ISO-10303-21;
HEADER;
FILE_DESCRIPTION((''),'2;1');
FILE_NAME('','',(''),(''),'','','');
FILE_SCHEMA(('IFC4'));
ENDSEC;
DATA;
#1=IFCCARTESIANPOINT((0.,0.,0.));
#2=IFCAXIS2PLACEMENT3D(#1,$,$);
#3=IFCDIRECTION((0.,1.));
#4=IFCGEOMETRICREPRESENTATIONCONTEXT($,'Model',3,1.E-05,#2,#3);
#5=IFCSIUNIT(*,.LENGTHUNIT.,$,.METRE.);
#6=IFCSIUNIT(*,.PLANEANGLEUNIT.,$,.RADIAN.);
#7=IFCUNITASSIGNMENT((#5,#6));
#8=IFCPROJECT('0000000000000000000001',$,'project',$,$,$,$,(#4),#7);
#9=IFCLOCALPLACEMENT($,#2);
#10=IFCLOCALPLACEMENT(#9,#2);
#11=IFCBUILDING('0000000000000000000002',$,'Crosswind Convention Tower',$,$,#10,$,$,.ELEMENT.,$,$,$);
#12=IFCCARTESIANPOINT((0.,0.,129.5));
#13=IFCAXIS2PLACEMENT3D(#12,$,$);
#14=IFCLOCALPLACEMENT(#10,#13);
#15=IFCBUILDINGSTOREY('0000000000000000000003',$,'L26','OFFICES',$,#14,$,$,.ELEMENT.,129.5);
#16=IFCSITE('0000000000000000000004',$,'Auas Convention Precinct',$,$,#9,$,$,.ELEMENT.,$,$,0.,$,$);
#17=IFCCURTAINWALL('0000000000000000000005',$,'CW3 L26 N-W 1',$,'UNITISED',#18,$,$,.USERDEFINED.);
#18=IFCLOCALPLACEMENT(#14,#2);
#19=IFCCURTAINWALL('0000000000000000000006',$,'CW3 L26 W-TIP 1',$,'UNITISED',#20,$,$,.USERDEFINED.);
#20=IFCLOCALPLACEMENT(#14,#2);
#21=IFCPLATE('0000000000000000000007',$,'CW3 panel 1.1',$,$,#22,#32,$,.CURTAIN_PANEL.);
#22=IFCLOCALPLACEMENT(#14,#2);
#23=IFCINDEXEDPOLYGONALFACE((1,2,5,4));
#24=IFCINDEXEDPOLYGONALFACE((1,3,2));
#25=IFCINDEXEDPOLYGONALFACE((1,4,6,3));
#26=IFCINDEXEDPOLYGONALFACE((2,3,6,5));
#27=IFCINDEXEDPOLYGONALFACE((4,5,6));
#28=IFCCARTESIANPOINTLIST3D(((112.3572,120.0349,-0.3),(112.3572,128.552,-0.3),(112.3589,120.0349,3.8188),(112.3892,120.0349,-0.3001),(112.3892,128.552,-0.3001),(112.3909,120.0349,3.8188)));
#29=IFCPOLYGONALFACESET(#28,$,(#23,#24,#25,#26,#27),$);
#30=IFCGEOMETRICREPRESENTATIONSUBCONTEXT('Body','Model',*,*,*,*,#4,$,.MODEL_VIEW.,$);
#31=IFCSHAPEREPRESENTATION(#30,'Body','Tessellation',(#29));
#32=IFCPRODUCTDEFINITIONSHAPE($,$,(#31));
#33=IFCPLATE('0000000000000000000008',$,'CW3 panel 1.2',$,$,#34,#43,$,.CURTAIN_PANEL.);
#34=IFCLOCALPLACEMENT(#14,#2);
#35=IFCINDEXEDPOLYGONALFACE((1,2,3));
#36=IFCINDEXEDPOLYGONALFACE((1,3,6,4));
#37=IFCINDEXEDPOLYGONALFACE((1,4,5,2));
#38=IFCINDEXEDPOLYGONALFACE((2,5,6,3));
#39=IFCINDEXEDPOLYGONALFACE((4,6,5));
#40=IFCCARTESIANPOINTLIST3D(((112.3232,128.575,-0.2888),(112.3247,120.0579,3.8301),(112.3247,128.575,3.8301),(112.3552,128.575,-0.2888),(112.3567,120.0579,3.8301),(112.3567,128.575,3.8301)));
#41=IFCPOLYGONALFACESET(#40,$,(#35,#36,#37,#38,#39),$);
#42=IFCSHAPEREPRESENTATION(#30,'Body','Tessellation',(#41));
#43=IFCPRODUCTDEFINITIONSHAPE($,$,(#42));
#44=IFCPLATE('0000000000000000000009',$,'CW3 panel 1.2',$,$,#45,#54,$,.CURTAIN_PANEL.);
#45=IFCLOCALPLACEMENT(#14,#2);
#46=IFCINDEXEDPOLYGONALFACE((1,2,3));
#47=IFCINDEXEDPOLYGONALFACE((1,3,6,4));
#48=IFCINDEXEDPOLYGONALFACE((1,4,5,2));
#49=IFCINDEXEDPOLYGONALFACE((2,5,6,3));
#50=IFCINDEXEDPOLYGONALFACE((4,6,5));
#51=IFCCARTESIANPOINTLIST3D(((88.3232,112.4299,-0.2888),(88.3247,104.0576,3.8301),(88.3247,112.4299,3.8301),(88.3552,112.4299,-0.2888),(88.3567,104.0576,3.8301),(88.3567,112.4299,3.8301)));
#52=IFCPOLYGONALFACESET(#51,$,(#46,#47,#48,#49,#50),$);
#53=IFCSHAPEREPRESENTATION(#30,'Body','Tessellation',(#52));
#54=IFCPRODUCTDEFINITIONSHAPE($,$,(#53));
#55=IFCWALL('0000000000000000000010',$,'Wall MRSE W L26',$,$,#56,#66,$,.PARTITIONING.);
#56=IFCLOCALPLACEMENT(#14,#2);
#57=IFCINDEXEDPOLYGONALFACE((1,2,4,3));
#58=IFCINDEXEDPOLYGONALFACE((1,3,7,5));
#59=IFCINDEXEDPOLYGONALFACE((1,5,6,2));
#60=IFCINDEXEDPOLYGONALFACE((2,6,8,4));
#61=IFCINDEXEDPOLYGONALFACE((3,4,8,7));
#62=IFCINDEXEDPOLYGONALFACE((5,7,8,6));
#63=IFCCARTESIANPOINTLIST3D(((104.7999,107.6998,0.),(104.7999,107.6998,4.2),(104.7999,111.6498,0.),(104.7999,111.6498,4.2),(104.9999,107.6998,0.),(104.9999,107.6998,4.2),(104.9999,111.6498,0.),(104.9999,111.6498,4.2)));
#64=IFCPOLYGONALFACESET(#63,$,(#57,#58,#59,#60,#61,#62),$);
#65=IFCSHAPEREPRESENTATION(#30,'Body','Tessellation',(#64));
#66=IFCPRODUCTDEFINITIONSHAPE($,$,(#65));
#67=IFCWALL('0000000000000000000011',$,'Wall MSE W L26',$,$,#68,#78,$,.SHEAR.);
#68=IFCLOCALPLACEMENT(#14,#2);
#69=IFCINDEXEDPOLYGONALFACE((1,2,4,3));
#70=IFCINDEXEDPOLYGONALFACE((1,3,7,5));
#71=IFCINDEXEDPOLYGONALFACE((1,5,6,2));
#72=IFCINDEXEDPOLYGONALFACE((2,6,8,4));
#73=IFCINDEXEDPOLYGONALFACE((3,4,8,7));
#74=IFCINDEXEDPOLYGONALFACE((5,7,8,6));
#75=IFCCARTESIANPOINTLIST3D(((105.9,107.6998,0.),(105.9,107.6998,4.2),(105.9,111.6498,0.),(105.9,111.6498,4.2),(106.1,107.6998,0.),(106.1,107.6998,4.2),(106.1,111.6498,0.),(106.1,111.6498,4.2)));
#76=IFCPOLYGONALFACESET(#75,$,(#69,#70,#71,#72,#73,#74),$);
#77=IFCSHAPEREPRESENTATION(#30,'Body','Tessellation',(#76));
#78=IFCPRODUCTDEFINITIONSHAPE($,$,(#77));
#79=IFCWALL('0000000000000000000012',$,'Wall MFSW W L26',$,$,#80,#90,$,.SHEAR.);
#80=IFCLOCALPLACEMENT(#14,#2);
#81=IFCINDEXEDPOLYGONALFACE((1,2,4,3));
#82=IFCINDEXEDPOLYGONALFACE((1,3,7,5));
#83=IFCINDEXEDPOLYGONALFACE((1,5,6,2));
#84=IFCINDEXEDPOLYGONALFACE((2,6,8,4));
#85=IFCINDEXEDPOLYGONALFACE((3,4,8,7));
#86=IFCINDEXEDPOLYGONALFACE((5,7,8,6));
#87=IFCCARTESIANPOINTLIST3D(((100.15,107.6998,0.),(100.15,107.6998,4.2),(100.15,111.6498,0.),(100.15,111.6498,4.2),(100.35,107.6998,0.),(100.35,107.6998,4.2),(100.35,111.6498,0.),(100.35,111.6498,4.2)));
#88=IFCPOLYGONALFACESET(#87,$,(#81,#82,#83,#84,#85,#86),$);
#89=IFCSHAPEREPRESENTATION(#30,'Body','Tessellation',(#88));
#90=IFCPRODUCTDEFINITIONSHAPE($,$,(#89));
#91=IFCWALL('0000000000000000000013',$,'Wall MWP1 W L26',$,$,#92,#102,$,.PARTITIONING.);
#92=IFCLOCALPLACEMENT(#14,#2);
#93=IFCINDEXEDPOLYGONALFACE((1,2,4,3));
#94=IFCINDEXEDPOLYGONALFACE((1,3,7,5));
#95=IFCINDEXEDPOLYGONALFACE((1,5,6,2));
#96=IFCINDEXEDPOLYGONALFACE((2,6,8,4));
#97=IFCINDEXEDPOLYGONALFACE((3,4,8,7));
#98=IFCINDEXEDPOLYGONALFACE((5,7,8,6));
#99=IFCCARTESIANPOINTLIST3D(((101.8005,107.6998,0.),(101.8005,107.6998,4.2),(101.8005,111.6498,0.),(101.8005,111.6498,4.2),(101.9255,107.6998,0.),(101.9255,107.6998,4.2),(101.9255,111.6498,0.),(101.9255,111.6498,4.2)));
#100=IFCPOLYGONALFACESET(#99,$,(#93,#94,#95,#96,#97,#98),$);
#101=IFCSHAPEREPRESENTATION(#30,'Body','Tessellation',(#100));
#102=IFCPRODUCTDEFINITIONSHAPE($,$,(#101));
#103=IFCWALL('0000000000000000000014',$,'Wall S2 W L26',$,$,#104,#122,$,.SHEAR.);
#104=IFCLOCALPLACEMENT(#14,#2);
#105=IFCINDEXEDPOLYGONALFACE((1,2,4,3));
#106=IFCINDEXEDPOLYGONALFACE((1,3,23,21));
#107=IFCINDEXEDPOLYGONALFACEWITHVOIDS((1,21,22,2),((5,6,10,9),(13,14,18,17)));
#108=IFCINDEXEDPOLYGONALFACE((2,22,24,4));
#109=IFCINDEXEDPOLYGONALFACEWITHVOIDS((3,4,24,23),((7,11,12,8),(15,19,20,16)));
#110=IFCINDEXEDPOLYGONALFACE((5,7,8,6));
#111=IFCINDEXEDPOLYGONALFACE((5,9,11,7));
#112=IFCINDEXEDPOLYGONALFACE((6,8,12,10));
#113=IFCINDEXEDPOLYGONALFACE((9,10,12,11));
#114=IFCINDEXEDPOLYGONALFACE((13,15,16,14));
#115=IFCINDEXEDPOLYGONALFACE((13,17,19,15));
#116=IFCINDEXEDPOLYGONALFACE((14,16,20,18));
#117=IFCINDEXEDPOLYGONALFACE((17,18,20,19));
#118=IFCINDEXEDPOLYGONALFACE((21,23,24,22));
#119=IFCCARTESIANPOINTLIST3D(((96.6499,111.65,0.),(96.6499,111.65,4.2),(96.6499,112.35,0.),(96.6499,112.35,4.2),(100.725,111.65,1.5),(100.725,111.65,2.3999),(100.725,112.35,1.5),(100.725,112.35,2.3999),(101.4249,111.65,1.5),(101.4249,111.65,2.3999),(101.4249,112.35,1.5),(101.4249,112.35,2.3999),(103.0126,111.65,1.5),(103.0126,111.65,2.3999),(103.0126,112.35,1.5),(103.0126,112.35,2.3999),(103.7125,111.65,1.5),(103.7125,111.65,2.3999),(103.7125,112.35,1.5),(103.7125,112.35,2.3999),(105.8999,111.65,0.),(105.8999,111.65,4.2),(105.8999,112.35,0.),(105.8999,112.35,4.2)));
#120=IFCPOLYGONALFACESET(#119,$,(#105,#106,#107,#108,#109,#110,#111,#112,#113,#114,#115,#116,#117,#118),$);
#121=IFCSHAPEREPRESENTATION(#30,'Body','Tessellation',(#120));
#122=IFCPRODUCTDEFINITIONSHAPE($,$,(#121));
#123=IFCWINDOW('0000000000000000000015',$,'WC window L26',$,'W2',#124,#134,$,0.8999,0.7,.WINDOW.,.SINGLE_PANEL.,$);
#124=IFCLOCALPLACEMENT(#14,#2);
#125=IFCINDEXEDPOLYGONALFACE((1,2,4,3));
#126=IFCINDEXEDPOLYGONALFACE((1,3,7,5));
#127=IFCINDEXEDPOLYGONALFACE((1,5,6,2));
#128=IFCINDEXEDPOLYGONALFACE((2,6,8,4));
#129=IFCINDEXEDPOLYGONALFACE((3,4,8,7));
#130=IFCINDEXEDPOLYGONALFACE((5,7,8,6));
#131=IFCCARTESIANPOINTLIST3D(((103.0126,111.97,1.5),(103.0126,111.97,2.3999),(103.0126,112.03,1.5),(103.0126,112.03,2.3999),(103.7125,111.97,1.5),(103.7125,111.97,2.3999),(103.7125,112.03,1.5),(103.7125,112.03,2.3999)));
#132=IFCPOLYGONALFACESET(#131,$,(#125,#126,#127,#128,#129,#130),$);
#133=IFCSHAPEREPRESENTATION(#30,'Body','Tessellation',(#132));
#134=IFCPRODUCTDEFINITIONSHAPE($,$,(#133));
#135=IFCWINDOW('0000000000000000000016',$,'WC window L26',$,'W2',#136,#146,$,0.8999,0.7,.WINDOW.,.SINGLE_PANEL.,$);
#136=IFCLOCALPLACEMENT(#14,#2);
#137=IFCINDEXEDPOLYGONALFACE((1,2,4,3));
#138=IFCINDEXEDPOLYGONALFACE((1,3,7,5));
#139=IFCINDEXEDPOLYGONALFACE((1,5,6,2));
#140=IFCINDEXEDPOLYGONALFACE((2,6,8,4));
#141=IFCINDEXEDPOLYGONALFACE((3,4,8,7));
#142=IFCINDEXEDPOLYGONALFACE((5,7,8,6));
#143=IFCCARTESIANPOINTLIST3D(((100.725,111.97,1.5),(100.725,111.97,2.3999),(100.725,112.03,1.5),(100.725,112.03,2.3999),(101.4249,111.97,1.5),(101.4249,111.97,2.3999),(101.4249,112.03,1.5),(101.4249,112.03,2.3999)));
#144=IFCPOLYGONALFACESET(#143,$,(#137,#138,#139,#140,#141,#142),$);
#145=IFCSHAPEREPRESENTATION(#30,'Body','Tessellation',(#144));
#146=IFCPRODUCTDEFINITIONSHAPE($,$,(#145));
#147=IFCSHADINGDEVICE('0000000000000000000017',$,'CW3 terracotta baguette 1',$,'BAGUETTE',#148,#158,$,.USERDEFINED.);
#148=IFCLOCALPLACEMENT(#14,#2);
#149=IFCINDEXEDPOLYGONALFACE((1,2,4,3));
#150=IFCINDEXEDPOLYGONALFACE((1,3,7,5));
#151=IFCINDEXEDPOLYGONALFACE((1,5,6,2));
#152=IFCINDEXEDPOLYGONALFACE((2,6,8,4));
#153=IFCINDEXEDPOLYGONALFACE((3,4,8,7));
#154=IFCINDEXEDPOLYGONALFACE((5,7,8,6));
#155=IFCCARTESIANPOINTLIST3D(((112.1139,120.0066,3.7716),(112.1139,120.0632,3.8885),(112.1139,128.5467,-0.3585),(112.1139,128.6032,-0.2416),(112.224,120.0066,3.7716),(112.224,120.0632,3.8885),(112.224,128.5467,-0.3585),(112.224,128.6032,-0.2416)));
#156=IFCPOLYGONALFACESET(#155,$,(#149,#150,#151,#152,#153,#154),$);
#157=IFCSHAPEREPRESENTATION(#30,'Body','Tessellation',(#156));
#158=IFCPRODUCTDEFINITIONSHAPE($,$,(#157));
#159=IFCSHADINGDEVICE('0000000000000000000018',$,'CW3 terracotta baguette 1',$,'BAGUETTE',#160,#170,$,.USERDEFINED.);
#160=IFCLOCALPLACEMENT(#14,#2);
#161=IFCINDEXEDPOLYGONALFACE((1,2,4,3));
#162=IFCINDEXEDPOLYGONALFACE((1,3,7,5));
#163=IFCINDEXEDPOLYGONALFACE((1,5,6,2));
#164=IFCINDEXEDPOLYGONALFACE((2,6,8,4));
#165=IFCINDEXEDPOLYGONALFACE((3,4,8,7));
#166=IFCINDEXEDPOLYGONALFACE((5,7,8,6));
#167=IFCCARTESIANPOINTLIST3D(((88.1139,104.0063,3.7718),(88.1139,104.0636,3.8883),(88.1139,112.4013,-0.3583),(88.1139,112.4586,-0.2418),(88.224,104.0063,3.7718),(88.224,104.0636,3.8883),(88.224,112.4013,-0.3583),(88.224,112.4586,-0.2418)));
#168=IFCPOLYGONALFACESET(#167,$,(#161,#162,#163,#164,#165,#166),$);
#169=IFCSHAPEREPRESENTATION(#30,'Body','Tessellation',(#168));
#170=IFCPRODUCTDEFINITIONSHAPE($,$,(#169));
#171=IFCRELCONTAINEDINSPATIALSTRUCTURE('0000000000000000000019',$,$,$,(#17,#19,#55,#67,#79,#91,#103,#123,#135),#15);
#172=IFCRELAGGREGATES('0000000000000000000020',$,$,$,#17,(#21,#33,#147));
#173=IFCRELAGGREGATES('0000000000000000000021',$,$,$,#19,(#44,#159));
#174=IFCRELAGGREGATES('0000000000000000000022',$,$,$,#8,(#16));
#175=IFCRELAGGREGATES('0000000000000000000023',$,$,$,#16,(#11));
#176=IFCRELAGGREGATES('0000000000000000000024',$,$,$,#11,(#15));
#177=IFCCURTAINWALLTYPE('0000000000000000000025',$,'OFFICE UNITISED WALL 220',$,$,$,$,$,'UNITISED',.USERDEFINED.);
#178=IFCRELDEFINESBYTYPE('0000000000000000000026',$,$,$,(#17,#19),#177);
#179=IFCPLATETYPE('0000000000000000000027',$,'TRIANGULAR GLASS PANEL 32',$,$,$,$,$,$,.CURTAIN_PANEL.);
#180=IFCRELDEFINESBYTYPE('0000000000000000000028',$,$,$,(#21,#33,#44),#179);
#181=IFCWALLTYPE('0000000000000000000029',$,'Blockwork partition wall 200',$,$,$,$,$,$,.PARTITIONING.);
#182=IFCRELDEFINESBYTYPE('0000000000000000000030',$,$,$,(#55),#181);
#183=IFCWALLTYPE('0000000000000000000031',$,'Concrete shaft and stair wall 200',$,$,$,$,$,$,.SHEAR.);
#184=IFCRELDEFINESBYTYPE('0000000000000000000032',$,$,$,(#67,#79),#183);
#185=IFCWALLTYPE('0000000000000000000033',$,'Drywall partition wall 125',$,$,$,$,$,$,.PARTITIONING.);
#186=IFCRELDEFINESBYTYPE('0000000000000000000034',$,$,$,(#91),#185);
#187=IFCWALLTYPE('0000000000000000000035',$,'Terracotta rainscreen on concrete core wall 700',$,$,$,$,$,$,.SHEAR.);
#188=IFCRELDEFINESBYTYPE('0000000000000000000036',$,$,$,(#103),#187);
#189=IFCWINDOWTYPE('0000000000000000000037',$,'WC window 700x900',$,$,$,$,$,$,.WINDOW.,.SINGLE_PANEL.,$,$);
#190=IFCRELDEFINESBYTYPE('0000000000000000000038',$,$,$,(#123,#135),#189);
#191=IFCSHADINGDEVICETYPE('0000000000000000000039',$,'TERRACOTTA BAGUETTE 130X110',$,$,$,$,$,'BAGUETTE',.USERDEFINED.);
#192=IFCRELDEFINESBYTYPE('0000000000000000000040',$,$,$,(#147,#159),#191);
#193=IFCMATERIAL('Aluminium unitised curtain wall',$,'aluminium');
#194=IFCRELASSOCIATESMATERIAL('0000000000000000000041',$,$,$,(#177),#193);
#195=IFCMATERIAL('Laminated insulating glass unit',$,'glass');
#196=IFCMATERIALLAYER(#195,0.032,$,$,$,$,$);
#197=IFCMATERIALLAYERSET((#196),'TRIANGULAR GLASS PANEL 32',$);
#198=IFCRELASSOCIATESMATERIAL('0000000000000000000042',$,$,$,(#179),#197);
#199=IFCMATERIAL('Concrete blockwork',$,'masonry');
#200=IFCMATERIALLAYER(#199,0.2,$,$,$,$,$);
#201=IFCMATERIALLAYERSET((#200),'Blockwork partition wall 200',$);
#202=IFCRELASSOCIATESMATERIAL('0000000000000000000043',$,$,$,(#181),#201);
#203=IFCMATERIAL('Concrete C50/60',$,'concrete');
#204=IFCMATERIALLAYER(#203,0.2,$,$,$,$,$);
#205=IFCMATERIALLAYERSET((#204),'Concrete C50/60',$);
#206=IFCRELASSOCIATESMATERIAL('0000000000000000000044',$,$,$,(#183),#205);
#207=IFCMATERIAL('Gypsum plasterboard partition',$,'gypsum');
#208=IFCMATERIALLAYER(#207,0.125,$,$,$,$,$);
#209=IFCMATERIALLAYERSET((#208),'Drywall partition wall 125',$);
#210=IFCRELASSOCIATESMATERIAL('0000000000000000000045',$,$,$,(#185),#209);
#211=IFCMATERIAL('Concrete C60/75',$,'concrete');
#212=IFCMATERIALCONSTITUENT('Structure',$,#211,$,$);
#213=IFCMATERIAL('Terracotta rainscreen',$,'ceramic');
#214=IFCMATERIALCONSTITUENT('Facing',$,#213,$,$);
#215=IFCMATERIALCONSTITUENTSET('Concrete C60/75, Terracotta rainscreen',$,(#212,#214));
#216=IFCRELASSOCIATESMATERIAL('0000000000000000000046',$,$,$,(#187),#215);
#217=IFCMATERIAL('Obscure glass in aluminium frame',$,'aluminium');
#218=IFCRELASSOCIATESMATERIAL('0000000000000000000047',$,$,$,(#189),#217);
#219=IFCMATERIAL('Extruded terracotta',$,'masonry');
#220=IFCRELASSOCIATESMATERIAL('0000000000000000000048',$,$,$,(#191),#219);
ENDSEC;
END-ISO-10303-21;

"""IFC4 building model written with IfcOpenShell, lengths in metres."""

from ifc_helpers import new_model, si_unit, direction, frame, frame_2d, origin, origin_2d, place, context, subcontext, project, spatial, polyline, rectangle, outline, extrude, material, layer, layer_set, constituent, constituent_set, material_profile, profile_set, type_object, element, fill, aggregate, save


model = new_model("IFC4")

# Units and contexts
model_context = context("Model", 3, precision=1e-05, world=origin(), true_north=direction((0.0, 1.0)))
body_context = subcontext(model_context, "Body", "Model", "MODEL_VIEW")
ifc_project = project(units=[si_unit("LENGTHUNIT", "METRE"), si_unit("PLANEANGLEUNIT", "RADIAN")], contexts=[model_context])

# Site, building, storey
site_placement = place(None, origin())
site = spatial("IfcSite", under=ifc_project, at=site_placement, Name="Auas Convention Precinct", CompositionType="ELEMENT", RefElevation=0.0)
building_placement = place(site_placement, origin())
building = spatial("IfcBuilding", under=site, at=building_placement, Name="Crosswind Convention Tower", CompositionType="ELEMENT")
storey_placement = place(building_placement, frame((0.0, 0.0, 129.5)))
storey = spatial("IfcBuildingStorey", under=building, at=storey_placement, Name="L26", Description="OFFICES", CompositionType="ELEMENT", Elevation=129.5)

# Shared definitions
ifc_material_1 = material(Name="Concrete C60/75", Category="concrete")

# Shared definitions
ifc_material_2 = material(Name="Aluminium unitised curtain wall", Category="aluminium")

# Curtain walls
curtain_wall_type_1 = type_object("IfcCurtainWallType", Name="OFFICE UNITISED WALL 220", ElementType="UNITISED", PredefinedType="USERDEFINED", material=ifc_material_2)
curtain_wall_1_placement = place(storey_placement, origin())
curtain_wall_1 = element("IfcCurtainWall", 1, at=curtain_wall_1_placement, inside=storey, type_object=curtain_wall_type_1, Name="CW3 L26 N-W 1", ObjectType="UNITISED", PredefinedType="USERDEFINED")
curtain_wall_2_placement = place(storey_placement, origin())
curtain_wall_2 = element("IfcCurtainWall", 2, at=curtain_wall_2_placement, inside=storey, type_object=curtain_wall_type_1, Name="CW3 L26 W-TIP 1", ObjectType="UNITISED", PredefinedType="USERDEFINED")

# Plates
ifc_material_3 = material(Name="Laminated insulating glass unit", Category="glass")
ifc_layer_1 = layer(ifc_material_3, 0.032)
ifc_layer_set_1 = layer_set([ifc_layer_1], Name="TRIANGULAR GLASS PANEL 32")
plate_type_1 = type_object("IfcPlateType", Name="TRIANGULAR GLASS PANEL 32", PredefinedType="CURTAIN_PANEL", material=ifc_layer_set_1)
plate_1_placement = place(storey_placement, frame((112.3572, 120.0349, -0.3), z_axis=(-1.0, 0.0, 0.000415), x_axis=(0.000415, 0.0, 1.0)))
plate_1 = element("IfcPlate", 3, at=plate_1_placement, type_object=plate_type_1, Name="CW3 panel 1.1", PredefinedType="CURTAIN_PANEL", context=body_context, shape_type="SweptSolid", body=[
    extrude(outline(polyline([(0.0, 0.0), (4.1189, 0.0), (0.0, 8.5171), (0.0, 0.0)])), origin(), (0.0, 0.0, -1.0), 0.032),
])
plate_2_placement = place(storey_placement, frame((112.3247, 128.575, 3.8301), z_axis=(-1.0, 0.0, 0.000356), x_axis=(-0.000356, 0.0, -1.0)))
plate_2 = element("IfcPlate", 4, at=plate_2_placement, type_object=plate_type_1, Name="CW3 panel 1.2", PredefinedType="CURTAIN_PANEL", context=body_context, shape_type="SweptSolid", body=[
    extrude(outline(polyline([(0.0, 0.0), (4.1189, 0.0), (0.0, 8.5171), (0.0, 0.0)])), origin(), (0.0, 0.0, -1.0), 0.032),
])
plate_3_placement = place(storey_placement, frame((88.3247, 112.4299, 3.8301), z_axis=(-1.0, 0.0, 0.000356), x_axis=(-0.000356, 0.0, -1.0)))
plate_3 = element("IfcPlate", 5, at=plate_3_placement, type_object=plate_type_1, Name="CW3 panel 1.2", PredefinedType="CURTAIN_PANEL", context=body_context, shape_type="SweptSolid", body=[
    extrude(outline(polyline([(0.0, 0.0), (4.1189, 0.0), (0.0, 8.3723), (0.0, 0.0)])), origin(), (0.0, 0.0, -1.0), 0.032),
])

# Walls
ifc_material_4 = material(Name="Concrete blockwork", Category="masonry")
ifc_layer_2 = layer(ifc_material_4, 0.2)
ifc_layer_set_2 = layer_set([ifc_layer_2], Name="Blockwork partition wall 200")
wall_type_1 = type_object("IfcWallType", Name="Blockwork partition wall 200", PredefinedType="PARTITIONING", material=ifc_layer_set_2)
wall_1_placement = place(storey_placement, frame((104.8999, 111.6499, 0.0), z_axis=(0.0, 0.0, 1.0), x_axis=(0.0, -1.0, 0.0)))
element("IfcWall", 6, at=wall_1_placement, inside=storey, type_object=wall_type_1, Name="Wall MRSE W L26", PredefinedType="PARTITIONING", context=body_context, shape_type="SweptSolid", body=[
    extrude(rectangle(XDim=3.95, YDim=0.2, at=frame_2d((1.9751, 0.0))), origin(), (0.0, 0.0, 1.0), 4.2),
])
ifc_material_5 = material(Name="Concrete C50/60", Category="concrete")
ifc_layer_3 = layer(ifc_material_5, 0.2)
ifc_layer_set_3 = layer_set([ifc_layer_3], Name="Concrete C50/60")
wall_type_2 = type_object("IfcWallType", Name="Concrete shaft and stair wall 200", PredefinedType="SHEAR", material=ifc_layer_set_3)
for number, where, z_axis, x_axis, name in (
    (7, (106.0, 111.6499, 0.0), (0.0, 0.0, 1.0), (0.0, -1.0, 0.0), "Wall MSE W L26"),
    (8, (100.25, 111.6499, 0.0), (0.0, 0.0, 1.0), (0.0, -1.0, 0.0), "Wall MFSW W L26"),
):
    element("IfcWall", number, at=place(storey_placement, frame(where, z_axis=z_axis, x_axis=x_axis)), inside=storey, type_object=wall_type_2, Name=name, PredefinedType="SHEAR", context=body_context, shape_type="SweptSolid", body=[
        extrude(rectangle(XDim=3.95, YDim=0.2, at=frame_2d((1.9751, 0.0))), origin(), (0.0, 0.0, 1.0), 4.2),
    ])
ifc_material_6 = material(Name="Gypsum plasterboard partition", Category="gypsum")
ifc_layer_4 = layer(ifc_material_6, 0.125)
ifc_layer_set_4 = layer_set([ifc_layer_4], Name="Drywall partition wall 125")
wall_type_3 = type_object("IfcWallType", Name="Drywall partition wall 125", PredefinedType="PARTITIONING", material=ifc_layer_set_4)
wall_2_placement = place(storey_placement, frame((101.863, 111.6499, 0.0), z_axis=(0.0, 0.0, 1.0), x_axis=(0.0, -1.0, 0.0)))
element("IfcWall", 9, at=wall_2_placement, inside=storey, type_object=wall_type_3, Name="Wall MWP1 W L26", PredefinedType="PARTITIONING", context=body_context, shape_type="SweptSolid", body=[
    extrude(rectangle(XDim=3.95, YDim=0.125, at=frame_2d((1.9751, 0.0))), origin(), (0.0, 0.0, 1.0), 4.2),
])

# Wall, openings, windows
ifc_constituent_1 = constituent(ifc_material_1, Name="Structure")
ifc_material_7 = material(Name="Terracotta rainscreen", Category="ceramic")
ifc_constituent_2 = constituent(ifc_material_7, Name="Facing")
ifc_constituent_set = constituent_set(constituents=[ifc_constituent_1, ifc_constituent_2], Name="Concrete C60/75, Terracotta rainscreen")
wall_type_4 = type_object("IfcWallType", Name="Terracotta rainscreen on concrete core wall 700", PredefinedType="SHEAR", material=ifc_constituent_set)
wall_3_placement = place(storey_placement, frame((105.8999, 112.0, 0.0), z_axis=(0.0, 0.0, 1.0), x_axis=(-1.0, 0.0, 0.0)))
wall_3 = element("IfcWall", 10, at=wall_3_placement, inside=storey, type_object=wall_type_4, Name="Wall S2 W L26", PredefinedType="SHEAR", context=body_context, shape_type="SweptSolid", body=[
    extrude(rectangle(XDim=9.25, YDim=0.7, at=frame_2d((4.625, 0.0))), origin(), (0.0, 0.0, 1.0), 4.2),
])
opening_1_placement = place(wall_3_placement, frame((2.1873, 0.0, 1.5)))
opening_1 = element("IfcOpeningElement", 11, at=opening_1_placement, cuts=wall_3, PredefinedType="OPENING", context=body_context, shape_type="SweptSolid", body=[
    extrude(rectangle(XDim=0.7, YDim=0.8999, at=frame_2d((0.3501, 0.45))), frame((0.0, 0.3599, 0.0), z_axis=(0.0, -1.0, 0.0), x_axis=(1.0, 0.0, 0.0)), (0.0, 0.0, 1.0), 0.72),
])
opening_2_placement = place(wall_3_placement, frame((4.4749, 0.0, 1.5)))
opening_2 = element("IfcOpeningElement", 12, at=opening_2_placement, cuts=wall_3, PredefinedType="OPENING", context=body_context, shape_type="SweptSolid", body=[
    extrude(rectangle(XDim=0.7, YDim=0.8999, at=frame_2d((0.3501, 0.45))), frame((0.0, 0.3599, 0.0), z_axis=(0.0, -1.0, 0.0), x_axis=(1.0, 0.0, 0.0)), (0.0, 0.0, 1.0), 0.72),
])
ifc_material_8 = material(Name="Obscure glass in aluminium frame", Category="aluminium")
window_type = type_object("IfcWindowType", Name="WC window 700x900", PartitioningType="SINGLE_PANEL", PredefinedType="WINDOW", material=ifc_material_8)
window_1_placement = place(opening_1_placement, origin())
window_1 = element("IfcWindow", 13, at=window_1_placement, inside=storey, type_object=window_type, Name="WC window L26", ObjectType="W2", OverallHeight=0.8999, OverallWidth=0.7, PartitioningType="SINGLE_PANEL", PredefinedType="WINDOW", context=body_context, shape_type="SweptSolid", body=[
    extrude(rectangle(XDim=0.7, YDim=0.8999, at=frame_2d((0.3501, 0.45))), frame((0.0, 0.03, 0.0), z_axis=(0.0, -1.0, 0.0), x_axis=(1.0, 0.0, 0.0)), (0.0, 0.0, 1.0), 0.0601),
])
fill(opening_1, window_1)
window_2_placement = place(opening_2_placement, origin())
window_2 = element("IfcWindow", 14, at=window_2_placement, inside=storey, type_object=window_type, Name="WC window L26", ObjectType="W2", OverallHeight=0.8999, OverallWidth=0.7, PartitioningType="SINGLE_PANEL", PredefinedType="WINDOW", context=body_context, shape_type="SweptSolid", body=[
    extrude(rectangle(XDim=0.7, YDim=0.8999, at=frame_2d((0.3501, 0.45))), frame((0.0, 0.03, 0.0), z_axis=(0.0, -1.0, 0.0), x_axis=(1.0, 0.0, 0.0)), (0.0, 0.0, 1.0), 0.0601),
])
fill(opening_2, window_2)

# Shading devices
ifc_material_9 = material(Name="Extruded terracotta", Category="masonry")
ifc_material_profile_1 = material_profile(ifc_material_9, rectangle(XDim=0.1101, YDim=0.1299, at=origin_2d()), Name="TC 110X130")
ifc_profile_set_1 = profile_set([ifc_material_profile_1], Name="Extruded terracotta")
shading_device_type = type_object("IfcShadingDeviceType", Name="TERRACOTTA BAGUETTE 130X110", ElementType="BAGUETTE", PredefinedType="USERDEFINED", material=ifc_profile_set_1)
shading_device_1_placement = place(storey_placement, frame((112.1689, 128.575, -0.3), z_axis=(0.0, -0.900248, 0.435377), x_axis=(1.0, 0.0, 0.0)))
shading_device_1 = element("IfcShadingDevice", 15, at=shading_device_1_placement, type_object=shading_device_type, Name="CW3 terracotta baguette 1", ObjectType="BAGUETTE", PredefinedType="USERDEFINED", context=body_context, shape_type="SweptSolid", body=[
    extrude(rectangle(XDim=0.1101, YDim=0.1299, at=origin_2d()), origin(), (0.0, 0.0, 1.0), 9.4863),
])
aggregate(curtain_wall_1, [plate_1, plate_2, shading_device_1])
shading_device_2_placement = place(storey_placement, frame((88.1689, 112.4299, -0.3), z_axis=(0.0, -0.897289, 0.441443), x_axis=(1.0, 0.0, 0.0)))
shading_device_2 = element("IfcShadingDevice", 16, at=shading_device_2_placement, type_object=shading_device_type, Name="CW3 terracotta baguette 1", ObjectType="BAGUETTE", PredefinedType="USERDEFINED", context=body_context, shape_type="SweptSolid", body=[
    extrude(rectangle(XDim=0.1101, YDim=0.1299, at=origin_2d()), origin(), (0.0, 0.0, 1.0), 9.356),
])
aggregate(curtain_wall_2, [plate_3, shading_device_2])

save(model, "model.ifc")
